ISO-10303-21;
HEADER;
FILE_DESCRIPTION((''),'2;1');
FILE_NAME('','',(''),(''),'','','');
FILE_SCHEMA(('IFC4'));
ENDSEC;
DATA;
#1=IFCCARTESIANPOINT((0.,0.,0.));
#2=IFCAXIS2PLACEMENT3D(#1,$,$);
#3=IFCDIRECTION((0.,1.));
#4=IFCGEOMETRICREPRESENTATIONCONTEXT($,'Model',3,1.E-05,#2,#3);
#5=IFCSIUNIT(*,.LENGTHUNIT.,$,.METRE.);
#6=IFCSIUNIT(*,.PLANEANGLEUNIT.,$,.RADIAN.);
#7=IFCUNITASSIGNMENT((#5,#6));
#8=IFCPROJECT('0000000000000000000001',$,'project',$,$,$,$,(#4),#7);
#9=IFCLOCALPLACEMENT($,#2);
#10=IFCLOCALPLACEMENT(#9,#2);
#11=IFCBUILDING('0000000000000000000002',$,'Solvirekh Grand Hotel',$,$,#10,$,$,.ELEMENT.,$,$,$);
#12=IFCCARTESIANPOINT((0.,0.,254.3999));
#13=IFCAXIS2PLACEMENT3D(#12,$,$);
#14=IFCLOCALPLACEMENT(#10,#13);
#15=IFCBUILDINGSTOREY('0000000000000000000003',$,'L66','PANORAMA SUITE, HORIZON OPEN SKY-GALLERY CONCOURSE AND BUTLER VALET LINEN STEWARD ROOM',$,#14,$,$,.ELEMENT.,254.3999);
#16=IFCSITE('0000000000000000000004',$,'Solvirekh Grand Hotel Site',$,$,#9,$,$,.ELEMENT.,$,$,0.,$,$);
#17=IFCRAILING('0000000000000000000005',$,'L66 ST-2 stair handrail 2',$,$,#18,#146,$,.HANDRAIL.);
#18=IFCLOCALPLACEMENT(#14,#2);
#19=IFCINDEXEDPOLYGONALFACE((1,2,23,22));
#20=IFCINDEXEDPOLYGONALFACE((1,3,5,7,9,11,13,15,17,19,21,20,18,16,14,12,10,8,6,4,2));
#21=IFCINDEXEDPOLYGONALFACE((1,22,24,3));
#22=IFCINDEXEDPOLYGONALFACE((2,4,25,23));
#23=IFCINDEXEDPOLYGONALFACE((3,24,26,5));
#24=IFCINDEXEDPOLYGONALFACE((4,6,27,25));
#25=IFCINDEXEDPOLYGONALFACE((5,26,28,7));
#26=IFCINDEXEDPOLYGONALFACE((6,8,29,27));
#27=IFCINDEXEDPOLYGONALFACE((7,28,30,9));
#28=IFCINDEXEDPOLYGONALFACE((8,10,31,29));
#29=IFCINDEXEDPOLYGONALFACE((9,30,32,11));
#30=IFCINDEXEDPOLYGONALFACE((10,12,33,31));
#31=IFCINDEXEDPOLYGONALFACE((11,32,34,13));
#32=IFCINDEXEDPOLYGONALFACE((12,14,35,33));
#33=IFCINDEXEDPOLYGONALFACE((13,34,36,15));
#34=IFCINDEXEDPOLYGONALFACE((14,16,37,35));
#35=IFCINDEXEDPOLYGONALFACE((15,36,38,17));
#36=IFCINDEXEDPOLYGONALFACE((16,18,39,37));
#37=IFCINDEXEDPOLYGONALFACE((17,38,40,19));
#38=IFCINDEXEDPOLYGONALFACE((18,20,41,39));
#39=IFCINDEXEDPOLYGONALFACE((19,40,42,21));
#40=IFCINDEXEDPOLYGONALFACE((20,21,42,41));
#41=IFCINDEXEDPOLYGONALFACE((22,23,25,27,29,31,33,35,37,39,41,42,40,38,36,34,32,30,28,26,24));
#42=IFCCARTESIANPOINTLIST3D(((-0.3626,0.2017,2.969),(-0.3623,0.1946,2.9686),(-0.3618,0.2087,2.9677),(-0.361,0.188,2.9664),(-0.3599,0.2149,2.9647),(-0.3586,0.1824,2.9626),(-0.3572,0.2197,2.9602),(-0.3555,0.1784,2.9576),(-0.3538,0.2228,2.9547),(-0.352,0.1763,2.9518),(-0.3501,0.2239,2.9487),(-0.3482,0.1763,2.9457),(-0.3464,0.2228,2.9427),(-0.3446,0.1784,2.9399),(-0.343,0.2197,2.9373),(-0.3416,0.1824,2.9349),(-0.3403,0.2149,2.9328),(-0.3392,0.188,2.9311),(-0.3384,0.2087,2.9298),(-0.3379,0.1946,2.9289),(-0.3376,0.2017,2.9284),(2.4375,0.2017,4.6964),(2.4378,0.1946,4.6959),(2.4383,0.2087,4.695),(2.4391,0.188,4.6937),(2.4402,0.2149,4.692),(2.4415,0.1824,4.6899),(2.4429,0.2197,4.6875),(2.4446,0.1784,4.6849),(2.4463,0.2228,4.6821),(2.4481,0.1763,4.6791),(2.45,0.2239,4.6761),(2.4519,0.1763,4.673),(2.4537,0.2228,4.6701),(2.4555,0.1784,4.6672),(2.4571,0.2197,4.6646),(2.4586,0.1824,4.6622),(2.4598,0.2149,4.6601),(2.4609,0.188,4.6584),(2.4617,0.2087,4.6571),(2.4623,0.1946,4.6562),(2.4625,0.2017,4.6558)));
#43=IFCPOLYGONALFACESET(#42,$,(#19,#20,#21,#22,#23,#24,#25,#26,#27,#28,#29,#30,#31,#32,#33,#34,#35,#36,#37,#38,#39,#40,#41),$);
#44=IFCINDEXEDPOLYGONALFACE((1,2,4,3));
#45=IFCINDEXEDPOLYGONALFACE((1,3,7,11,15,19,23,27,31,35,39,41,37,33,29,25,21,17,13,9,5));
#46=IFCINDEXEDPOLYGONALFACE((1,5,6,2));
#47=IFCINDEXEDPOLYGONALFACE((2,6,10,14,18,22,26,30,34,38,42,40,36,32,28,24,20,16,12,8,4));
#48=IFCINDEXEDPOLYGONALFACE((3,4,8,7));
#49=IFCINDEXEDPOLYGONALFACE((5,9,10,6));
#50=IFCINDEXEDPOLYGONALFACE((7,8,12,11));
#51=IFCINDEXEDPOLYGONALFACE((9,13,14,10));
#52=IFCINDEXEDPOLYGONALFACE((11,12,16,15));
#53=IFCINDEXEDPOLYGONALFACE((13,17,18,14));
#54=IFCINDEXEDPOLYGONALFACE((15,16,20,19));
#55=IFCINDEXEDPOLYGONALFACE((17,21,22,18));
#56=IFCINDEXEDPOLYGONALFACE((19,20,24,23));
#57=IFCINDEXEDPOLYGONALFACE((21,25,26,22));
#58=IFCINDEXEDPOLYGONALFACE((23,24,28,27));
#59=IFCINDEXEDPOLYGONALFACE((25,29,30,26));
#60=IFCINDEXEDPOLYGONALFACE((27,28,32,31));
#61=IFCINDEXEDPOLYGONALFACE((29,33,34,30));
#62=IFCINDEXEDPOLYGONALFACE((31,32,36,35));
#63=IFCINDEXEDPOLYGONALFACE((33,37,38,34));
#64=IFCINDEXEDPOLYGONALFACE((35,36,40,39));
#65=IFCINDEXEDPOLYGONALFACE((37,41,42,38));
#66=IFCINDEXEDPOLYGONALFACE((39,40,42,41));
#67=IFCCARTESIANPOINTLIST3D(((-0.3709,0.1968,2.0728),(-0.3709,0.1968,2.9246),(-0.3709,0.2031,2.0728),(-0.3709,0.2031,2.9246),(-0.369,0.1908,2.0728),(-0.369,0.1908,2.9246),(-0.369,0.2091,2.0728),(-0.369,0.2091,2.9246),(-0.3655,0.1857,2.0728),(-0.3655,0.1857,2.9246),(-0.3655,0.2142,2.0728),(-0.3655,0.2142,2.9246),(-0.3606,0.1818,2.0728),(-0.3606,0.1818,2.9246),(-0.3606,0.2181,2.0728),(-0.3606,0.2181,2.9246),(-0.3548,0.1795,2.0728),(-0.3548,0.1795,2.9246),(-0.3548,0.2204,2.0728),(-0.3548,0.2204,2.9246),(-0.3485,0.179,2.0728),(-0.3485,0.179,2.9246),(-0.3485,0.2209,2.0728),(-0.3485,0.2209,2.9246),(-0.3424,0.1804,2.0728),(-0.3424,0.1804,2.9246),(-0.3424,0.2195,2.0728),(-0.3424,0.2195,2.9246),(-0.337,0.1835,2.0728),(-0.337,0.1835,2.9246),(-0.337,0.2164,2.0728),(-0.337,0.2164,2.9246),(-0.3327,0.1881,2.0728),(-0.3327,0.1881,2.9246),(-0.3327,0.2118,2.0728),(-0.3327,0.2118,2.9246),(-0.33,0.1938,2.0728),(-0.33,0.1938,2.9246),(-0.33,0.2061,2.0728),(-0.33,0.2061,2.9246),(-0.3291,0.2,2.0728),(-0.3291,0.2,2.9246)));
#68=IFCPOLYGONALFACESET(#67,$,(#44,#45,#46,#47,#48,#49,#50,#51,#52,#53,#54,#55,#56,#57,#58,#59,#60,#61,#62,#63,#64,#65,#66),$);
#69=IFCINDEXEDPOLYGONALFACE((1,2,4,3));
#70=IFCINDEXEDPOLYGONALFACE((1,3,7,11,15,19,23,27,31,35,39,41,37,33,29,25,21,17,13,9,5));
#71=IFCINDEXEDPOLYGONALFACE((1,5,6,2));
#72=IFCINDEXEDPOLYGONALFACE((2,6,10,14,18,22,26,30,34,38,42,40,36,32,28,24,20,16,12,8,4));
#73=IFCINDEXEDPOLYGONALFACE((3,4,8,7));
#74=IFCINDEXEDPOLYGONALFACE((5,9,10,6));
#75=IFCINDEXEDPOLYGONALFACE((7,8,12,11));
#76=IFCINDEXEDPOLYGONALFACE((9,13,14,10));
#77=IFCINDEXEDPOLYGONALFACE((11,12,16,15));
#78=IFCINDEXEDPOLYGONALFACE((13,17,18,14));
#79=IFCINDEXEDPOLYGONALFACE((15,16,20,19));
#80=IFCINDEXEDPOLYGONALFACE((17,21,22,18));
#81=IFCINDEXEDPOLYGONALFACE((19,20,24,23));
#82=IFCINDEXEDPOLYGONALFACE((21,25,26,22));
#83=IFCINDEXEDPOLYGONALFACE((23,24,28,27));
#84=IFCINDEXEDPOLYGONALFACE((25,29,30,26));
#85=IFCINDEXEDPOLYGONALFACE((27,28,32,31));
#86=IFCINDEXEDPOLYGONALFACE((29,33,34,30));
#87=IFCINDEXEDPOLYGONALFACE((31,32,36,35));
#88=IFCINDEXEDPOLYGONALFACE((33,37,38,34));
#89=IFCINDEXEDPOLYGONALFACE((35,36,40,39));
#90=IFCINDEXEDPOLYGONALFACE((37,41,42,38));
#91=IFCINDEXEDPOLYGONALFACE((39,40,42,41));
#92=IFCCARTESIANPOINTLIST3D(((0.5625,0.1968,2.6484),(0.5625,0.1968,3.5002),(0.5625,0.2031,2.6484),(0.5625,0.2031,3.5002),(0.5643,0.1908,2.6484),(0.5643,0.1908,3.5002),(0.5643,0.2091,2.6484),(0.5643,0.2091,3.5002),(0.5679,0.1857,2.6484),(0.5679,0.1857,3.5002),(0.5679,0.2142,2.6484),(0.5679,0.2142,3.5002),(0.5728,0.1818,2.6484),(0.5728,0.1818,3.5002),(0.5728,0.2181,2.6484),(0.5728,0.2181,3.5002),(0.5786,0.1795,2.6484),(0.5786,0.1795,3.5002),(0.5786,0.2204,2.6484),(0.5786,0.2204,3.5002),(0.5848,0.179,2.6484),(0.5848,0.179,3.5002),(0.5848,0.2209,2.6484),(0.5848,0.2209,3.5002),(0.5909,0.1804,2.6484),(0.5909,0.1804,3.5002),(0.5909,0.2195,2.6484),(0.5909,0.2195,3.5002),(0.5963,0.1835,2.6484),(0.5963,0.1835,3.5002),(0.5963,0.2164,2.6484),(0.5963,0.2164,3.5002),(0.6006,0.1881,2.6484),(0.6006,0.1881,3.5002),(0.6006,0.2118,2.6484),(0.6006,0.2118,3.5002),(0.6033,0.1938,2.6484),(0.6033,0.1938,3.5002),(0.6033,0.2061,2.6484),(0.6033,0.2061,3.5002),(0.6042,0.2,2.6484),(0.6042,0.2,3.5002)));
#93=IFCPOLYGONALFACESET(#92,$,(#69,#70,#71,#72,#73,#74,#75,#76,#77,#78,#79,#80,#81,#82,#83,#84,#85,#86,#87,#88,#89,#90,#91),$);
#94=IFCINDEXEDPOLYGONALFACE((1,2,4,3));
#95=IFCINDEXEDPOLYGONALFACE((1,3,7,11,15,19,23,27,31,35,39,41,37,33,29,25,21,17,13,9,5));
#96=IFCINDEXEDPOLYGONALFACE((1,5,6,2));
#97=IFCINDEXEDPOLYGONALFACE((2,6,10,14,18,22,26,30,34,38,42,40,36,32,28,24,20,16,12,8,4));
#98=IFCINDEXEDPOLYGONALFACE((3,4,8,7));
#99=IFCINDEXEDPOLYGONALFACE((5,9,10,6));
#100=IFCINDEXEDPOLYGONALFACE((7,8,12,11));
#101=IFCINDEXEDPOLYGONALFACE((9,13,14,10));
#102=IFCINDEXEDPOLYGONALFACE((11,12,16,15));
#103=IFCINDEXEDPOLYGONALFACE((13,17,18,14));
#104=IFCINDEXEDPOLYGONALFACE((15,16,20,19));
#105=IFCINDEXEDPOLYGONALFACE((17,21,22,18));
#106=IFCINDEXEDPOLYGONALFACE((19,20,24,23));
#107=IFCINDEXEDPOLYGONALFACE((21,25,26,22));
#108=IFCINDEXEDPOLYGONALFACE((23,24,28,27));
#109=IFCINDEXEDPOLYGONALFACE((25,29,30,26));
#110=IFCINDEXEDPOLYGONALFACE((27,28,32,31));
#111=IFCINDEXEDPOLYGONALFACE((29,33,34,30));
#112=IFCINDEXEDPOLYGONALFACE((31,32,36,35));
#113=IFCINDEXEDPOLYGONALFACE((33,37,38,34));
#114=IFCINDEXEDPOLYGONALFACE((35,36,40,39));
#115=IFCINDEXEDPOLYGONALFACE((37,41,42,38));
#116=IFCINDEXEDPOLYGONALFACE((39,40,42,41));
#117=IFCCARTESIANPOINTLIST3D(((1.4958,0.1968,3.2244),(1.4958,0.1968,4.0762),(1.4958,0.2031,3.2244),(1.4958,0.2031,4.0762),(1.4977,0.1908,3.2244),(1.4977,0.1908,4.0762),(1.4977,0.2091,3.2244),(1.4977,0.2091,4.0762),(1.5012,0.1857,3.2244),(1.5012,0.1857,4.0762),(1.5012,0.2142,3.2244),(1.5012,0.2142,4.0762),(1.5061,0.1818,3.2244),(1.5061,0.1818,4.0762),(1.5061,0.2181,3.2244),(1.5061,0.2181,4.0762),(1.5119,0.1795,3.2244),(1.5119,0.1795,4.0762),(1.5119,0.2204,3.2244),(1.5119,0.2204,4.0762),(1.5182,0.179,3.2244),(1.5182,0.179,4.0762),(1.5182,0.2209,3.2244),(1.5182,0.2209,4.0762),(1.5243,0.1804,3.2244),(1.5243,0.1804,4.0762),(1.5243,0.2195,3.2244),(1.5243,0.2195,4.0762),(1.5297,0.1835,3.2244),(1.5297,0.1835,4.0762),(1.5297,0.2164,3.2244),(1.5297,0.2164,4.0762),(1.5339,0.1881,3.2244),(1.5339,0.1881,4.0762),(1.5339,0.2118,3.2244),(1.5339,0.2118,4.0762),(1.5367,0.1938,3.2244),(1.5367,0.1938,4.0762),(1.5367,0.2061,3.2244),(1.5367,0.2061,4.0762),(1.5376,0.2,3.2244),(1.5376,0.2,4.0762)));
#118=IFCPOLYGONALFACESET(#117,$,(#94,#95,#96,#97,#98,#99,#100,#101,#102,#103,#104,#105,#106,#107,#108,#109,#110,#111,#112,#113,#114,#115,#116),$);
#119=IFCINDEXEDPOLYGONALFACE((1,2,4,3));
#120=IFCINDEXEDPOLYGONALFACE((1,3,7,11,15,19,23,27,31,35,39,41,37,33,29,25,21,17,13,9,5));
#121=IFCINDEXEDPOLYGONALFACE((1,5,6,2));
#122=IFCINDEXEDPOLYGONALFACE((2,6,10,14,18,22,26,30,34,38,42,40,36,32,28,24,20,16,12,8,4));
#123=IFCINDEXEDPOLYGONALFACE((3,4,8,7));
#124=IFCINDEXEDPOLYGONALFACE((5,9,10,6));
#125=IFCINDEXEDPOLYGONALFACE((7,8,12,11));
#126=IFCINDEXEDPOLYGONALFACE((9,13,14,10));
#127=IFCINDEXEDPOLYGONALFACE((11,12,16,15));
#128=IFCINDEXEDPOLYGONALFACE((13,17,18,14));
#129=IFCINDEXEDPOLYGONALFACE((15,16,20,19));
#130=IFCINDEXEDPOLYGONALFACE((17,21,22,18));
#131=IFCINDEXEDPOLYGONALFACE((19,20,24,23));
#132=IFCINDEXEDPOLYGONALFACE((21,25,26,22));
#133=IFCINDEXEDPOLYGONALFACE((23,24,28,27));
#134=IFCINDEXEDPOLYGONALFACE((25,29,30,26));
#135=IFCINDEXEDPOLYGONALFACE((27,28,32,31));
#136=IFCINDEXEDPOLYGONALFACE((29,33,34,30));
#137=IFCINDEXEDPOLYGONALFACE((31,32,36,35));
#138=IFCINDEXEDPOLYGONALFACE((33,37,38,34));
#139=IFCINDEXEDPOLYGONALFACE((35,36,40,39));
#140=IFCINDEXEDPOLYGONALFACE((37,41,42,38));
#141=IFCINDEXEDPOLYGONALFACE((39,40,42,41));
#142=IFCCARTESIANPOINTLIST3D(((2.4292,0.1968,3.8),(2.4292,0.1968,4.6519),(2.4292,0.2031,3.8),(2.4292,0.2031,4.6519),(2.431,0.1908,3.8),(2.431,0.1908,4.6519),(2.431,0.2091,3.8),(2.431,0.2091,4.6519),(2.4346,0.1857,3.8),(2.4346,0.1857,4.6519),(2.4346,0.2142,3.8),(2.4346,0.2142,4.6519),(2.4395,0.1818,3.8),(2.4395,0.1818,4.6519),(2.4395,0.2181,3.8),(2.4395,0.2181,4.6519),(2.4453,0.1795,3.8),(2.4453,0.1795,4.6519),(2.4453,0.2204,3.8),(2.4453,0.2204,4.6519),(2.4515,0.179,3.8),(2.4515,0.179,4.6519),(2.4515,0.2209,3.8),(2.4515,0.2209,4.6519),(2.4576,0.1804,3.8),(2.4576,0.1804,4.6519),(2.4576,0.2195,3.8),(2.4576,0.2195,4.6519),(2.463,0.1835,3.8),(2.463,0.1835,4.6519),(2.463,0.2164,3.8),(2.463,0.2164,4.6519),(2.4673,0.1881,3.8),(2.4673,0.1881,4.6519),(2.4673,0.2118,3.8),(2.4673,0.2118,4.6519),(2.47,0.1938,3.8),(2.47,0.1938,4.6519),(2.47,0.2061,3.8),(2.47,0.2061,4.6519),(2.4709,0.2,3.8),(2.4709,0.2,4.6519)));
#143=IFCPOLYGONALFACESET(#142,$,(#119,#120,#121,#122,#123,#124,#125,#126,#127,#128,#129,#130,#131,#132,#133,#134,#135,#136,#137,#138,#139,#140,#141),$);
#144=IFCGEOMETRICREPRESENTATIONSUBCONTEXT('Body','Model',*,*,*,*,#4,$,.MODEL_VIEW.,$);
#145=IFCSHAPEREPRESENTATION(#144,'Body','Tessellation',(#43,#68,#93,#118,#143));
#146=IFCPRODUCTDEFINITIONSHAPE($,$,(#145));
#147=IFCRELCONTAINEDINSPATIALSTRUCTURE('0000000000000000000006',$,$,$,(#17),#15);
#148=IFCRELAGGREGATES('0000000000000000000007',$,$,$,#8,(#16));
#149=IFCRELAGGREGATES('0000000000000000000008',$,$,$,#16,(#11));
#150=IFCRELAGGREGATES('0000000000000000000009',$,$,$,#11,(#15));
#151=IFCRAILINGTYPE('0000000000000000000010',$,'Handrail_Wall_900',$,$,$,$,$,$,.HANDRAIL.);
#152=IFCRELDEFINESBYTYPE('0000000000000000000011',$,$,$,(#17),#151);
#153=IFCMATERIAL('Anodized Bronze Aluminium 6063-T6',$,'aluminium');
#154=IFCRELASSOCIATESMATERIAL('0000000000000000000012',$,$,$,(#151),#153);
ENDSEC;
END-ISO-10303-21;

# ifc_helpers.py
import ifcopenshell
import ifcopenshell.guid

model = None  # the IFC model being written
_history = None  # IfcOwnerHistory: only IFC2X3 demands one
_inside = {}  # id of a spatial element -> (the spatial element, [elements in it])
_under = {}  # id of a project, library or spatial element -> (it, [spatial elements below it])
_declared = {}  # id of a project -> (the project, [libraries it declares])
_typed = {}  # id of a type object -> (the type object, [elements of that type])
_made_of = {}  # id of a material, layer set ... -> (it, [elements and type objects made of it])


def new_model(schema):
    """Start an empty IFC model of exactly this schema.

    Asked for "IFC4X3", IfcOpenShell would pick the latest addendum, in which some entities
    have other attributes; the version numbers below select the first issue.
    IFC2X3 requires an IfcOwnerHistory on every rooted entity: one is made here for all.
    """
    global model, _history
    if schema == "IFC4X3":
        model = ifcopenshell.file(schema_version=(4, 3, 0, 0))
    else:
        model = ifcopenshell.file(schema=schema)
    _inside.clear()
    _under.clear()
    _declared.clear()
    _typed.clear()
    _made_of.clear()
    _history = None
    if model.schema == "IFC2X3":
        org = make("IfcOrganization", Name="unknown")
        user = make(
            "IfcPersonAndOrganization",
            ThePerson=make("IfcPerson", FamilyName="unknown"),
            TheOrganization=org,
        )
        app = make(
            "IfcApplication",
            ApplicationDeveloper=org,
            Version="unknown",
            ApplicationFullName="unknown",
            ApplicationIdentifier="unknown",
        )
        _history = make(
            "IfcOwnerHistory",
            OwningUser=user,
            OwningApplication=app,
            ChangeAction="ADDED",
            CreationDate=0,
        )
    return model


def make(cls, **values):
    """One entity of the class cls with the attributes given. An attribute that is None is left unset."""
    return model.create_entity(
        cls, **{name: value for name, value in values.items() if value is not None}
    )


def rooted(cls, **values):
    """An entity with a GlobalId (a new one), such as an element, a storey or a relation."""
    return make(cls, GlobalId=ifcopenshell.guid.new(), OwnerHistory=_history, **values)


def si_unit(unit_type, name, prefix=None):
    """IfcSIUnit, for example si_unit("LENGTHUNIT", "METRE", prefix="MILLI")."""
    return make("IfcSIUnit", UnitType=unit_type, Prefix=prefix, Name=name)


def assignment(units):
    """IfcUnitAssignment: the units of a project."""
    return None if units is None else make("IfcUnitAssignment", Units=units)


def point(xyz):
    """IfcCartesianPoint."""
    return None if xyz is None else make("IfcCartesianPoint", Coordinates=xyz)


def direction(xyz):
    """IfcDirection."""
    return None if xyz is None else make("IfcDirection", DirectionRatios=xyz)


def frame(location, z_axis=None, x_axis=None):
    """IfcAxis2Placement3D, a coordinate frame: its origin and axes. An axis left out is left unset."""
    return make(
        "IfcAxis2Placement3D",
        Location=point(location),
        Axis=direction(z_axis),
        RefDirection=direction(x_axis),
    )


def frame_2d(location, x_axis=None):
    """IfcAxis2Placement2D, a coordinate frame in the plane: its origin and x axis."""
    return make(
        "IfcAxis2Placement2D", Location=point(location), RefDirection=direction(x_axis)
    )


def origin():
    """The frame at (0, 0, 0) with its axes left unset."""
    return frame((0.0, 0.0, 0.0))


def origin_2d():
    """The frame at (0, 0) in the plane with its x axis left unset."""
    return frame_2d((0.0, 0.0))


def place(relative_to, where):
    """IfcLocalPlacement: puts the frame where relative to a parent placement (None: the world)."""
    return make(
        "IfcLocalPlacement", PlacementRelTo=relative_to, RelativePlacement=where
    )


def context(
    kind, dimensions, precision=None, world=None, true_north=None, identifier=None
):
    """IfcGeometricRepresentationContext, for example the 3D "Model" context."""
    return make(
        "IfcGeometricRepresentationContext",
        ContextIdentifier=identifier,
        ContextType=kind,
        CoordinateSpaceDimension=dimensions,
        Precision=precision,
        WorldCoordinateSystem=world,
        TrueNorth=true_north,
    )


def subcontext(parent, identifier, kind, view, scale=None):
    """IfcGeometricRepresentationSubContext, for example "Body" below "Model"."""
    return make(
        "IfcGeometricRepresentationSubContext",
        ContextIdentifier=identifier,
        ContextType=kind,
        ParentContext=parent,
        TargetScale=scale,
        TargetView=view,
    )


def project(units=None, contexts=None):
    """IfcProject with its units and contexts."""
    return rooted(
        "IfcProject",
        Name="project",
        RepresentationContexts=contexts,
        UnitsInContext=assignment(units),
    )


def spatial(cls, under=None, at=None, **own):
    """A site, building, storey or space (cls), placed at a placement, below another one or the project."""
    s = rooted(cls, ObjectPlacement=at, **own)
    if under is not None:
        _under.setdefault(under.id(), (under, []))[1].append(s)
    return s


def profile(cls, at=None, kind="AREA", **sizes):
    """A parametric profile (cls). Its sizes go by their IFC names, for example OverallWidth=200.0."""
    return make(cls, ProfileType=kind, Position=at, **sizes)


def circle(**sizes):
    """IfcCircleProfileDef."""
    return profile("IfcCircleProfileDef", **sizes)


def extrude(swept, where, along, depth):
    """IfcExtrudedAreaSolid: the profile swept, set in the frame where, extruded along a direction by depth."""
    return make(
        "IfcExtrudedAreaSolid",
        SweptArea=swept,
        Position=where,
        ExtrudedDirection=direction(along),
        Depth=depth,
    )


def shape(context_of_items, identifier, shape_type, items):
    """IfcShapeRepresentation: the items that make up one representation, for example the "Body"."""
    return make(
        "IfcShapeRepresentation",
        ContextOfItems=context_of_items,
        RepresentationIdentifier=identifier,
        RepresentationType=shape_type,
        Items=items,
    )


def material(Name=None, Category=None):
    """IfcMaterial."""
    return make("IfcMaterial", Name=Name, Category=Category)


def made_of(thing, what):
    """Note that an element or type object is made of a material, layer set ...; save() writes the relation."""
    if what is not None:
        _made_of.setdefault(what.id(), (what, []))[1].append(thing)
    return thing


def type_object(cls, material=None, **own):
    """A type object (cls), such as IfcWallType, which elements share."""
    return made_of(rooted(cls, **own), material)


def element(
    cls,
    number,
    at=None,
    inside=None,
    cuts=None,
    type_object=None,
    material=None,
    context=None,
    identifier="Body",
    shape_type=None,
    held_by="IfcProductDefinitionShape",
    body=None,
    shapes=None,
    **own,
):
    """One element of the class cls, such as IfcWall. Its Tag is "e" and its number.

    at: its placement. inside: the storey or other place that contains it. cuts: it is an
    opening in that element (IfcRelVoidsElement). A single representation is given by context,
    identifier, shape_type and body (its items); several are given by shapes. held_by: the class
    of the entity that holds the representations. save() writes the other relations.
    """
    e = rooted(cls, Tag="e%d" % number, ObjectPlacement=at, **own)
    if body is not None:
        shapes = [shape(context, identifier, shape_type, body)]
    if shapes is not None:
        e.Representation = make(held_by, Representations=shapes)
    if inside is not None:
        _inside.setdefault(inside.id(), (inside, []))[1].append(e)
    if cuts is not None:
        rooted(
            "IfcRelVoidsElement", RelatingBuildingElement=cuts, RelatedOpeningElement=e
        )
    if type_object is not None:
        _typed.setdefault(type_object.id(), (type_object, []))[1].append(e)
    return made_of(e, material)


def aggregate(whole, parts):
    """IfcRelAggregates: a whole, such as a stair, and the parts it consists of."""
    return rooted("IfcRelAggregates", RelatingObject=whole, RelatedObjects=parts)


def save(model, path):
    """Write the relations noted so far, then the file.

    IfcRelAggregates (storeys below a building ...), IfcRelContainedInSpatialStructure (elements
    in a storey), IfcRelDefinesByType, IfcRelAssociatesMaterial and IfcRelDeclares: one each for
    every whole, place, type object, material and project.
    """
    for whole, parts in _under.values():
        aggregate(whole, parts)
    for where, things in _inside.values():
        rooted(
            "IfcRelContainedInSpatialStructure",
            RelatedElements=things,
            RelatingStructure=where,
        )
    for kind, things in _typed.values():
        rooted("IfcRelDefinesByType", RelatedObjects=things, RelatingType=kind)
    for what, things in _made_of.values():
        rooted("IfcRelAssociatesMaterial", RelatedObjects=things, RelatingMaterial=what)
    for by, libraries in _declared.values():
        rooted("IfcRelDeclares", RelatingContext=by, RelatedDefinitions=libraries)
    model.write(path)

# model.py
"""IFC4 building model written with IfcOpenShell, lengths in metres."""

from ifc_helpers import new_model, si_unit, direction, frame, origin, origin_2d, place, context, subcontext, project, spatial, circle, extrude, material, type_object, element, save


model = new_model("IFC4")

# Units and contexts
model_context = context("Model", 3, precision=1e-05, world=origin(), true_north=direction((0.0, 1.0)))
body_context = subcontext(model_context, "Body", "Model", "MODEL_VIEW")
ifc_project = project(units=[si_unit("LENGTHUNIT", "METRE"), si_unit("PLANEANGLEUNIT", "RADIAN")], contexts=[model_context])

# Site, building, storey
site_placement = place(None, origin())
site = spatial("IfcSite", under=ifc_project, at=site_placement, Name="Solvirekh Grand Hotel Site", CompositionType="ELEMENT", RefElevation=0.0)
building_placement = place(site_placement, origin())
building = spatial("IfcBuilding", under=site, at=building_placement, Name="Solvirekh Grand Hotel", CompositionType="ELEMENT")
storey_placement = place(building_placement, frame((0.0, 0.0, 254.3999)))
storey = spatial("IfcBuildingStorey", under=building, at=storey_placement, Name="L66", Description="PANORAMA SUITE, HORIZON OPEN SKY-GALLERY CONCOURSE AND BUTLER VALET LINEN STEWARD ROOM", CompositionType="ELEMENT", Elevation=254.3999)

# Shared definitions
ifc_material_1 = material(Name="Anodized Bronze Aluminium 6063-T6", Category="aluminium")

# Railing
railing_type_1 = type_object("IfcRailingType", Name="Handrail_Wall_900", PredefinedType="HANDRAIL", material=ifc_material_1)
for number, where, name in (
    (1, (-0.3501, 0.2, 2.0728), "L66 ST-2 stair handrail 2"),
):
    element("IfcRailing", number, at=place(storey_placement, frame(where)), inside=storey, type_object=railing_type_1, Name=name, PredefinedType="HANDRAIL", context=body_context, shape_type="SweptSolid", body=[
        extrude(circle(Radius=0.0239, at=origin_2d()), frame((0.0, 0.0, 0.876), z_axis=(0.85109, 0.0, 0.52502), x_axis=(0.0, 1.0, 0.0)), (0.0, 0.0, 1.0), 3.29),
        extrude(circle(Radius=0.021, at=origin_2d()), origin(), (0.0, 0.0, 1.0), 0.8518),
        extrude(circle(Radius=0.021, at=origin_2d()), frame((0.9333, 0.0, 0.5757)), (0.0, 0.0, 1.0), 0.8518),
        extrude(circle(Radius=0.021, at=origin_2d()), frame((1.8667, 0.0, 1.1516)), (0.0, 0.0, 1.0), 0.8518),
        extrude(circle(Radius=0.021, at=origin_2d()), frame((2.8, 0.0, 1.7273)), (0.0, 0.0, 1.0), 0.8518),
    ])

save(model, "model.ifc")
